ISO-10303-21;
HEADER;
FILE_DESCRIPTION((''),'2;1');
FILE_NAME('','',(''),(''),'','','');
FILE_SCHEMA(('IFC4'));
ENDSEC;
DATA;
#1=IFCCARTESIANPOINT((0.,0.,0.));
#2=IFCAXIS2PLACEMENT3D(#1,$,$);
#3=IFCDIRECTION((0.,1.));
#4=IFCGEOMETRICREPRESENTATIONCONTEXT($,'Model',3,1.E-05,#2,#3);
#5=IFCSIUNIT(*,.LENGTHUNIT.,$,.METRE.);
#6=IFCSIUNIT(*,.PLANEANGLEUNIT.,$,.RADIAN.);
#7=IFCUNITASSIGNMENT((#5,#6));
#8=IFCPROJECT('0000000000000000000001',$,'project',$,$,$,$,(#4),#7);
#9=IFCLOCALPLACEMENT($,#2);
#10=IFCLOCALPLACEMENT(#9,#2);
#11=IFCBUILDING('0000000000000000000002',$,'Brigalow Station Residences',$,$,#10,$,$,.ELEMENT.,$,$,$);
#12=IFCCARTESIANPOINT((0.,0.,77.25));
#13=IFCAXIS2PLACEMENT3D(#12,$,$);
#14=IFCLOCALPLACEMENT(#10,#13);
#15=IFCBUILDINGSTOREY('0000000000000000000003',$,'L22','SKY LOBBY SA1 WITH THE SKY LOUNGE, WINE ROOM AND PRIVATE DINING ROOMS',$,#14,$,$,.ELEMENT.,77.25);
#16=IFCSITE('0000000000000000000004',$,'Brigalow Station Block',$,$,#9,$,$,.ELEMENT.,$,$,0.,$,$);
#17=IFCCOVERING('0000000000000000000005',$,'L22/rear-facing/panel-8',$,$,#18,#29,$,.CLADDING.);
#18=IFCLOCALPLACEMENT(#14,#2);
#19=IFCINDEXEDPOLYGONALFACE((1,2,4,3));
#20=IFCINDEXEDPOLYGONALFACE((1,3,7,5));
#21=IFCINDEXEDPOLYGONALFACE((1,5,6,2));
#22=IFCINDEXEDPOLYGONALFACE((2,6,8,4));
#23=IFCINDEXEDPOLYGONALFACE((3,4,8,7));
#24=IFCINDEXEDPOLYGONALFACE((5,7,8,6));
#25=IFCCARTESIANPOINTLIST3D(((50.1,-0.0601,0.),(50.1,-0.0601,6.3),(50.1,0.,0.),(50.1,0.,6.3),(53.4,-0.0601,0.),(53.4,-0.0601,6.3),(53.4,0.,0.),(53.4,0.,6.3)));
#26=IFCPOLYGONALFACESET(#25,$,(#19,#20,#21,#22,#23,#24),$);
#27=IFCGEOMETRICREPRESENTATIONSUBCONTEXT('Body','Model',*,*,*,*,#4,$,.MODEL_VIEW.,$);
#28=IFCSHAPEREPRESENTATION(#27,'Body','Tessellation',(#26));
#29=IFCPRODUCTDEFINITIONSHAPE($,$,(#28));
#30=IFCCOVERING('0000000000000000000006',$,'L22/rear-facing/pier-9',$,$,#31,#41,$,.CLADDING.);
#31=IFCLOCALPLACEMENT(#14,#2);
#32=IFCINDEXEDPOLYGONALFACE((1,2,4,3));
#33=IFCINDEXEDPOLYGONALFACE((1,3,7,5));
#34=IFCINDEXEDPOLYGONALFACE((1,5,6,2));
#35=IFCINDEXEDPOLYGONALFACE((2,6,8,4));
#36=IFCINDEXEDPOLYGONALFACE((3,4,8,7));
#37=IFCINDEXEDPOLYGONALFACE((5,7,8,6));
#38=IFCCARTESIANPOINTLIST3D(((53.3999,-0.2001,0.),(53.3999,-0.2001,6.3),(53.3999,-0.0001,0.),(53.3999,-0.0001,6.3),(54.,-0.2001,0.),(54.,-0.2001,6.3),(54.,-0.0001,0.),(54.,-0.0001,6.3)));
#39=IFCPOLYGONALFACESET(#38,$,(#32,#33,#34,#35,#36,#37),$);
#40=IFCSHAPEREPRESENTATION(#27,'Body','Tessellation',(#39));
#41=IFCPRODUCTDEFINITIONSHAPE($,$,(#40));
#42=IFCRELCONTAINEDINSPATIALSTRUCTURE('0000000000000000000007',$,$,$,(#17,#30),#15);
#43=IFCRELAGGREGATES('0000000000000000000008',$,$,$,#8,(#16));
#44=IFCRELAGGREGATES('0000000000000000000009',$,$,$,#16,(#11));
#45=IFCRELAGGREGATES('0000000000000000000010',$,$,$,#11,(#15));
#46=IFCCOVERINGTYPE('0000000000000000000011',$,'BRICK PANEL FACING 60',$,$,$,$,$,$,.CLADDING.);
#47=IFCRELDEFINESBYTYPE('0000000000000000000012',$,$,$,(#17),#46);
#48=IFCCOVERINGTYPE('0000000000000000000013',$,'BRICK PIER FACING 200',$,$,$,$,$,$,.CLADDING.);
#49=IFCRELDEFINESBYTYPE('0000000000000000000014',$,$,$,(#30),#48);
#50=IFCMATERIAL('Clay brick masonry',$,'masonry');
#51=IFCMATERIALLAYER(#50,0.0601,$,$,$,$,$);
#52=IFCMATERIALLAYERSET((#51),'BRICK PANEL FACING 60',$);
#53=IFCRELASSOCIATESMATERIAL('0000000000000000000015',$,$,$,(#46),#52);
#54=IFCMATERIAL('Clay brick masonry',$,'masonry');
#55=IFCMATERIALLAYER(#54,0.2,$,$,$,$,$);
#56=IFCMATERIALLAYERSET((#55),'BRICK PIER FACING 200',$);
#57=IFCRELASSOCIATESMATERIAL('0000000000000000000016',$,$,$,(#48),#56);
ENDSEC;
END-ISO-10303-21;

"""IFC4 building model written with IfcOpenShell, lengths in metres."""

from ifc_helpers import new_model, si_unit, direction, frame, origin, origin_2d, place, context, subcontext, project, spatial, rectangle, extrude, material, layer, layer_set, type_object, element, save


model = new_model("IFC4")

# Units and contexts
model_context = context("Model", 3, precision=1e-05, world=origin(), true_north=direction((0.0, 1.0)))
body_context = subcontext(model_context, "Body", "Model", "MODEL_VIEW")
ifc_project = project(units=[si_unit("LENGTHUNIT", "METRE"), si_unit("PLANEANGLEUNIT", "RADIAN")], contexts=[model_context])

# Site, building, storey
site_placement = place(None, origin())
site = spatial("IfcSite", under=ifc_project, at=site_placement, Name="Brigalow Station Block", CompositionType="ELEMENT", RefElevation=0.0)
building_placement = place(site_placement, origin())
building = spatial("IfcBuilding", under=site, at=building_placement, Name="Brigalow Station Residences", CompositionType="ELEMENT")
storey_placement = place(building_placement, frame((0.0, 0.0, 77.25)))
storey = spatial("IfcBuildingStorey", under=building, at=storey_placement, Name="L22", Description="SKY LOBBY SA1 WITH THE SKY LOUNGE, WINE ROOM AND PRIVATE DINING ROOMS", CompositionType="ELEMENT", Elevation=77.25)

# Coverings
ifc_material_1 = material(Name="Clay brick masonry", Category="masonry")
ifc_layer_1 = layer(ifc_material_1, 0.0601)
ifc_layer_set_1 = layer_set([ifc_layer_1], Name="BRICK PANEL FACING 60")
covering_type_1 = type_object("IfcCoveringType", Name="BRICK PANEL FACING 60", PredefinedType="CLADDING", material=ifc_layer_set_1)
covering_1_placement = place(storey_placement, frame((51.75, -0.03, 0.0), z_axis=(0.0, 0.0, 1.0), x_axis=(1.0, 0.0, 0.0)))
element("IfcCovering", 1, at=covering_1_placement, inside=storey, type_object=covering_type_1, Name="L22/rear-facing/panel-8", PredefinedType="CLADDING", context=body_context, shape_type="SweptSolid", body=[
    extrude(rectangle(XDim=3.3, YDim=0.0601, at=origin_2d()), origin(), (0.0, 0.0, 1.0), 6.3),
])
ifc_material_2 = material(Name="Clay brick masonry", Category="masonry")
ifc_layer_2 = layer(ifc_material_2, 0.2)
ifc_layer_set_2 = layer_set([ifc_layer_2], Name="BRICK PIER FACING 200")
covering_type_2 = type_object("IfcCoveringType", Name="BRICK PIER FACING 200", PredefinedType="CLADDING", material=ifc_layer_set_2)
covering_2_placement = place(storey_placement, frame((53.7, -0.1001, 0.0), z_axis=(0.0, 0.0, 1.0), x_axis=(1.0, 0.0, 0.0)))
element("IfcCovering", 2, at=covering_2_placement, inside=storey, type_object=covering_type_2, Name="L22/rear-facing/pier-9", PredefinedType="CLADDING", context=body_context, shape_type="SweptSolid", body=[
    extrude(rectangle(XDim=0.6001, YDim=0.2, at=origin_2d()), origin(), (0.0, 0.0, 1.0), 6.3),
])

save(model, "model.ifc")
